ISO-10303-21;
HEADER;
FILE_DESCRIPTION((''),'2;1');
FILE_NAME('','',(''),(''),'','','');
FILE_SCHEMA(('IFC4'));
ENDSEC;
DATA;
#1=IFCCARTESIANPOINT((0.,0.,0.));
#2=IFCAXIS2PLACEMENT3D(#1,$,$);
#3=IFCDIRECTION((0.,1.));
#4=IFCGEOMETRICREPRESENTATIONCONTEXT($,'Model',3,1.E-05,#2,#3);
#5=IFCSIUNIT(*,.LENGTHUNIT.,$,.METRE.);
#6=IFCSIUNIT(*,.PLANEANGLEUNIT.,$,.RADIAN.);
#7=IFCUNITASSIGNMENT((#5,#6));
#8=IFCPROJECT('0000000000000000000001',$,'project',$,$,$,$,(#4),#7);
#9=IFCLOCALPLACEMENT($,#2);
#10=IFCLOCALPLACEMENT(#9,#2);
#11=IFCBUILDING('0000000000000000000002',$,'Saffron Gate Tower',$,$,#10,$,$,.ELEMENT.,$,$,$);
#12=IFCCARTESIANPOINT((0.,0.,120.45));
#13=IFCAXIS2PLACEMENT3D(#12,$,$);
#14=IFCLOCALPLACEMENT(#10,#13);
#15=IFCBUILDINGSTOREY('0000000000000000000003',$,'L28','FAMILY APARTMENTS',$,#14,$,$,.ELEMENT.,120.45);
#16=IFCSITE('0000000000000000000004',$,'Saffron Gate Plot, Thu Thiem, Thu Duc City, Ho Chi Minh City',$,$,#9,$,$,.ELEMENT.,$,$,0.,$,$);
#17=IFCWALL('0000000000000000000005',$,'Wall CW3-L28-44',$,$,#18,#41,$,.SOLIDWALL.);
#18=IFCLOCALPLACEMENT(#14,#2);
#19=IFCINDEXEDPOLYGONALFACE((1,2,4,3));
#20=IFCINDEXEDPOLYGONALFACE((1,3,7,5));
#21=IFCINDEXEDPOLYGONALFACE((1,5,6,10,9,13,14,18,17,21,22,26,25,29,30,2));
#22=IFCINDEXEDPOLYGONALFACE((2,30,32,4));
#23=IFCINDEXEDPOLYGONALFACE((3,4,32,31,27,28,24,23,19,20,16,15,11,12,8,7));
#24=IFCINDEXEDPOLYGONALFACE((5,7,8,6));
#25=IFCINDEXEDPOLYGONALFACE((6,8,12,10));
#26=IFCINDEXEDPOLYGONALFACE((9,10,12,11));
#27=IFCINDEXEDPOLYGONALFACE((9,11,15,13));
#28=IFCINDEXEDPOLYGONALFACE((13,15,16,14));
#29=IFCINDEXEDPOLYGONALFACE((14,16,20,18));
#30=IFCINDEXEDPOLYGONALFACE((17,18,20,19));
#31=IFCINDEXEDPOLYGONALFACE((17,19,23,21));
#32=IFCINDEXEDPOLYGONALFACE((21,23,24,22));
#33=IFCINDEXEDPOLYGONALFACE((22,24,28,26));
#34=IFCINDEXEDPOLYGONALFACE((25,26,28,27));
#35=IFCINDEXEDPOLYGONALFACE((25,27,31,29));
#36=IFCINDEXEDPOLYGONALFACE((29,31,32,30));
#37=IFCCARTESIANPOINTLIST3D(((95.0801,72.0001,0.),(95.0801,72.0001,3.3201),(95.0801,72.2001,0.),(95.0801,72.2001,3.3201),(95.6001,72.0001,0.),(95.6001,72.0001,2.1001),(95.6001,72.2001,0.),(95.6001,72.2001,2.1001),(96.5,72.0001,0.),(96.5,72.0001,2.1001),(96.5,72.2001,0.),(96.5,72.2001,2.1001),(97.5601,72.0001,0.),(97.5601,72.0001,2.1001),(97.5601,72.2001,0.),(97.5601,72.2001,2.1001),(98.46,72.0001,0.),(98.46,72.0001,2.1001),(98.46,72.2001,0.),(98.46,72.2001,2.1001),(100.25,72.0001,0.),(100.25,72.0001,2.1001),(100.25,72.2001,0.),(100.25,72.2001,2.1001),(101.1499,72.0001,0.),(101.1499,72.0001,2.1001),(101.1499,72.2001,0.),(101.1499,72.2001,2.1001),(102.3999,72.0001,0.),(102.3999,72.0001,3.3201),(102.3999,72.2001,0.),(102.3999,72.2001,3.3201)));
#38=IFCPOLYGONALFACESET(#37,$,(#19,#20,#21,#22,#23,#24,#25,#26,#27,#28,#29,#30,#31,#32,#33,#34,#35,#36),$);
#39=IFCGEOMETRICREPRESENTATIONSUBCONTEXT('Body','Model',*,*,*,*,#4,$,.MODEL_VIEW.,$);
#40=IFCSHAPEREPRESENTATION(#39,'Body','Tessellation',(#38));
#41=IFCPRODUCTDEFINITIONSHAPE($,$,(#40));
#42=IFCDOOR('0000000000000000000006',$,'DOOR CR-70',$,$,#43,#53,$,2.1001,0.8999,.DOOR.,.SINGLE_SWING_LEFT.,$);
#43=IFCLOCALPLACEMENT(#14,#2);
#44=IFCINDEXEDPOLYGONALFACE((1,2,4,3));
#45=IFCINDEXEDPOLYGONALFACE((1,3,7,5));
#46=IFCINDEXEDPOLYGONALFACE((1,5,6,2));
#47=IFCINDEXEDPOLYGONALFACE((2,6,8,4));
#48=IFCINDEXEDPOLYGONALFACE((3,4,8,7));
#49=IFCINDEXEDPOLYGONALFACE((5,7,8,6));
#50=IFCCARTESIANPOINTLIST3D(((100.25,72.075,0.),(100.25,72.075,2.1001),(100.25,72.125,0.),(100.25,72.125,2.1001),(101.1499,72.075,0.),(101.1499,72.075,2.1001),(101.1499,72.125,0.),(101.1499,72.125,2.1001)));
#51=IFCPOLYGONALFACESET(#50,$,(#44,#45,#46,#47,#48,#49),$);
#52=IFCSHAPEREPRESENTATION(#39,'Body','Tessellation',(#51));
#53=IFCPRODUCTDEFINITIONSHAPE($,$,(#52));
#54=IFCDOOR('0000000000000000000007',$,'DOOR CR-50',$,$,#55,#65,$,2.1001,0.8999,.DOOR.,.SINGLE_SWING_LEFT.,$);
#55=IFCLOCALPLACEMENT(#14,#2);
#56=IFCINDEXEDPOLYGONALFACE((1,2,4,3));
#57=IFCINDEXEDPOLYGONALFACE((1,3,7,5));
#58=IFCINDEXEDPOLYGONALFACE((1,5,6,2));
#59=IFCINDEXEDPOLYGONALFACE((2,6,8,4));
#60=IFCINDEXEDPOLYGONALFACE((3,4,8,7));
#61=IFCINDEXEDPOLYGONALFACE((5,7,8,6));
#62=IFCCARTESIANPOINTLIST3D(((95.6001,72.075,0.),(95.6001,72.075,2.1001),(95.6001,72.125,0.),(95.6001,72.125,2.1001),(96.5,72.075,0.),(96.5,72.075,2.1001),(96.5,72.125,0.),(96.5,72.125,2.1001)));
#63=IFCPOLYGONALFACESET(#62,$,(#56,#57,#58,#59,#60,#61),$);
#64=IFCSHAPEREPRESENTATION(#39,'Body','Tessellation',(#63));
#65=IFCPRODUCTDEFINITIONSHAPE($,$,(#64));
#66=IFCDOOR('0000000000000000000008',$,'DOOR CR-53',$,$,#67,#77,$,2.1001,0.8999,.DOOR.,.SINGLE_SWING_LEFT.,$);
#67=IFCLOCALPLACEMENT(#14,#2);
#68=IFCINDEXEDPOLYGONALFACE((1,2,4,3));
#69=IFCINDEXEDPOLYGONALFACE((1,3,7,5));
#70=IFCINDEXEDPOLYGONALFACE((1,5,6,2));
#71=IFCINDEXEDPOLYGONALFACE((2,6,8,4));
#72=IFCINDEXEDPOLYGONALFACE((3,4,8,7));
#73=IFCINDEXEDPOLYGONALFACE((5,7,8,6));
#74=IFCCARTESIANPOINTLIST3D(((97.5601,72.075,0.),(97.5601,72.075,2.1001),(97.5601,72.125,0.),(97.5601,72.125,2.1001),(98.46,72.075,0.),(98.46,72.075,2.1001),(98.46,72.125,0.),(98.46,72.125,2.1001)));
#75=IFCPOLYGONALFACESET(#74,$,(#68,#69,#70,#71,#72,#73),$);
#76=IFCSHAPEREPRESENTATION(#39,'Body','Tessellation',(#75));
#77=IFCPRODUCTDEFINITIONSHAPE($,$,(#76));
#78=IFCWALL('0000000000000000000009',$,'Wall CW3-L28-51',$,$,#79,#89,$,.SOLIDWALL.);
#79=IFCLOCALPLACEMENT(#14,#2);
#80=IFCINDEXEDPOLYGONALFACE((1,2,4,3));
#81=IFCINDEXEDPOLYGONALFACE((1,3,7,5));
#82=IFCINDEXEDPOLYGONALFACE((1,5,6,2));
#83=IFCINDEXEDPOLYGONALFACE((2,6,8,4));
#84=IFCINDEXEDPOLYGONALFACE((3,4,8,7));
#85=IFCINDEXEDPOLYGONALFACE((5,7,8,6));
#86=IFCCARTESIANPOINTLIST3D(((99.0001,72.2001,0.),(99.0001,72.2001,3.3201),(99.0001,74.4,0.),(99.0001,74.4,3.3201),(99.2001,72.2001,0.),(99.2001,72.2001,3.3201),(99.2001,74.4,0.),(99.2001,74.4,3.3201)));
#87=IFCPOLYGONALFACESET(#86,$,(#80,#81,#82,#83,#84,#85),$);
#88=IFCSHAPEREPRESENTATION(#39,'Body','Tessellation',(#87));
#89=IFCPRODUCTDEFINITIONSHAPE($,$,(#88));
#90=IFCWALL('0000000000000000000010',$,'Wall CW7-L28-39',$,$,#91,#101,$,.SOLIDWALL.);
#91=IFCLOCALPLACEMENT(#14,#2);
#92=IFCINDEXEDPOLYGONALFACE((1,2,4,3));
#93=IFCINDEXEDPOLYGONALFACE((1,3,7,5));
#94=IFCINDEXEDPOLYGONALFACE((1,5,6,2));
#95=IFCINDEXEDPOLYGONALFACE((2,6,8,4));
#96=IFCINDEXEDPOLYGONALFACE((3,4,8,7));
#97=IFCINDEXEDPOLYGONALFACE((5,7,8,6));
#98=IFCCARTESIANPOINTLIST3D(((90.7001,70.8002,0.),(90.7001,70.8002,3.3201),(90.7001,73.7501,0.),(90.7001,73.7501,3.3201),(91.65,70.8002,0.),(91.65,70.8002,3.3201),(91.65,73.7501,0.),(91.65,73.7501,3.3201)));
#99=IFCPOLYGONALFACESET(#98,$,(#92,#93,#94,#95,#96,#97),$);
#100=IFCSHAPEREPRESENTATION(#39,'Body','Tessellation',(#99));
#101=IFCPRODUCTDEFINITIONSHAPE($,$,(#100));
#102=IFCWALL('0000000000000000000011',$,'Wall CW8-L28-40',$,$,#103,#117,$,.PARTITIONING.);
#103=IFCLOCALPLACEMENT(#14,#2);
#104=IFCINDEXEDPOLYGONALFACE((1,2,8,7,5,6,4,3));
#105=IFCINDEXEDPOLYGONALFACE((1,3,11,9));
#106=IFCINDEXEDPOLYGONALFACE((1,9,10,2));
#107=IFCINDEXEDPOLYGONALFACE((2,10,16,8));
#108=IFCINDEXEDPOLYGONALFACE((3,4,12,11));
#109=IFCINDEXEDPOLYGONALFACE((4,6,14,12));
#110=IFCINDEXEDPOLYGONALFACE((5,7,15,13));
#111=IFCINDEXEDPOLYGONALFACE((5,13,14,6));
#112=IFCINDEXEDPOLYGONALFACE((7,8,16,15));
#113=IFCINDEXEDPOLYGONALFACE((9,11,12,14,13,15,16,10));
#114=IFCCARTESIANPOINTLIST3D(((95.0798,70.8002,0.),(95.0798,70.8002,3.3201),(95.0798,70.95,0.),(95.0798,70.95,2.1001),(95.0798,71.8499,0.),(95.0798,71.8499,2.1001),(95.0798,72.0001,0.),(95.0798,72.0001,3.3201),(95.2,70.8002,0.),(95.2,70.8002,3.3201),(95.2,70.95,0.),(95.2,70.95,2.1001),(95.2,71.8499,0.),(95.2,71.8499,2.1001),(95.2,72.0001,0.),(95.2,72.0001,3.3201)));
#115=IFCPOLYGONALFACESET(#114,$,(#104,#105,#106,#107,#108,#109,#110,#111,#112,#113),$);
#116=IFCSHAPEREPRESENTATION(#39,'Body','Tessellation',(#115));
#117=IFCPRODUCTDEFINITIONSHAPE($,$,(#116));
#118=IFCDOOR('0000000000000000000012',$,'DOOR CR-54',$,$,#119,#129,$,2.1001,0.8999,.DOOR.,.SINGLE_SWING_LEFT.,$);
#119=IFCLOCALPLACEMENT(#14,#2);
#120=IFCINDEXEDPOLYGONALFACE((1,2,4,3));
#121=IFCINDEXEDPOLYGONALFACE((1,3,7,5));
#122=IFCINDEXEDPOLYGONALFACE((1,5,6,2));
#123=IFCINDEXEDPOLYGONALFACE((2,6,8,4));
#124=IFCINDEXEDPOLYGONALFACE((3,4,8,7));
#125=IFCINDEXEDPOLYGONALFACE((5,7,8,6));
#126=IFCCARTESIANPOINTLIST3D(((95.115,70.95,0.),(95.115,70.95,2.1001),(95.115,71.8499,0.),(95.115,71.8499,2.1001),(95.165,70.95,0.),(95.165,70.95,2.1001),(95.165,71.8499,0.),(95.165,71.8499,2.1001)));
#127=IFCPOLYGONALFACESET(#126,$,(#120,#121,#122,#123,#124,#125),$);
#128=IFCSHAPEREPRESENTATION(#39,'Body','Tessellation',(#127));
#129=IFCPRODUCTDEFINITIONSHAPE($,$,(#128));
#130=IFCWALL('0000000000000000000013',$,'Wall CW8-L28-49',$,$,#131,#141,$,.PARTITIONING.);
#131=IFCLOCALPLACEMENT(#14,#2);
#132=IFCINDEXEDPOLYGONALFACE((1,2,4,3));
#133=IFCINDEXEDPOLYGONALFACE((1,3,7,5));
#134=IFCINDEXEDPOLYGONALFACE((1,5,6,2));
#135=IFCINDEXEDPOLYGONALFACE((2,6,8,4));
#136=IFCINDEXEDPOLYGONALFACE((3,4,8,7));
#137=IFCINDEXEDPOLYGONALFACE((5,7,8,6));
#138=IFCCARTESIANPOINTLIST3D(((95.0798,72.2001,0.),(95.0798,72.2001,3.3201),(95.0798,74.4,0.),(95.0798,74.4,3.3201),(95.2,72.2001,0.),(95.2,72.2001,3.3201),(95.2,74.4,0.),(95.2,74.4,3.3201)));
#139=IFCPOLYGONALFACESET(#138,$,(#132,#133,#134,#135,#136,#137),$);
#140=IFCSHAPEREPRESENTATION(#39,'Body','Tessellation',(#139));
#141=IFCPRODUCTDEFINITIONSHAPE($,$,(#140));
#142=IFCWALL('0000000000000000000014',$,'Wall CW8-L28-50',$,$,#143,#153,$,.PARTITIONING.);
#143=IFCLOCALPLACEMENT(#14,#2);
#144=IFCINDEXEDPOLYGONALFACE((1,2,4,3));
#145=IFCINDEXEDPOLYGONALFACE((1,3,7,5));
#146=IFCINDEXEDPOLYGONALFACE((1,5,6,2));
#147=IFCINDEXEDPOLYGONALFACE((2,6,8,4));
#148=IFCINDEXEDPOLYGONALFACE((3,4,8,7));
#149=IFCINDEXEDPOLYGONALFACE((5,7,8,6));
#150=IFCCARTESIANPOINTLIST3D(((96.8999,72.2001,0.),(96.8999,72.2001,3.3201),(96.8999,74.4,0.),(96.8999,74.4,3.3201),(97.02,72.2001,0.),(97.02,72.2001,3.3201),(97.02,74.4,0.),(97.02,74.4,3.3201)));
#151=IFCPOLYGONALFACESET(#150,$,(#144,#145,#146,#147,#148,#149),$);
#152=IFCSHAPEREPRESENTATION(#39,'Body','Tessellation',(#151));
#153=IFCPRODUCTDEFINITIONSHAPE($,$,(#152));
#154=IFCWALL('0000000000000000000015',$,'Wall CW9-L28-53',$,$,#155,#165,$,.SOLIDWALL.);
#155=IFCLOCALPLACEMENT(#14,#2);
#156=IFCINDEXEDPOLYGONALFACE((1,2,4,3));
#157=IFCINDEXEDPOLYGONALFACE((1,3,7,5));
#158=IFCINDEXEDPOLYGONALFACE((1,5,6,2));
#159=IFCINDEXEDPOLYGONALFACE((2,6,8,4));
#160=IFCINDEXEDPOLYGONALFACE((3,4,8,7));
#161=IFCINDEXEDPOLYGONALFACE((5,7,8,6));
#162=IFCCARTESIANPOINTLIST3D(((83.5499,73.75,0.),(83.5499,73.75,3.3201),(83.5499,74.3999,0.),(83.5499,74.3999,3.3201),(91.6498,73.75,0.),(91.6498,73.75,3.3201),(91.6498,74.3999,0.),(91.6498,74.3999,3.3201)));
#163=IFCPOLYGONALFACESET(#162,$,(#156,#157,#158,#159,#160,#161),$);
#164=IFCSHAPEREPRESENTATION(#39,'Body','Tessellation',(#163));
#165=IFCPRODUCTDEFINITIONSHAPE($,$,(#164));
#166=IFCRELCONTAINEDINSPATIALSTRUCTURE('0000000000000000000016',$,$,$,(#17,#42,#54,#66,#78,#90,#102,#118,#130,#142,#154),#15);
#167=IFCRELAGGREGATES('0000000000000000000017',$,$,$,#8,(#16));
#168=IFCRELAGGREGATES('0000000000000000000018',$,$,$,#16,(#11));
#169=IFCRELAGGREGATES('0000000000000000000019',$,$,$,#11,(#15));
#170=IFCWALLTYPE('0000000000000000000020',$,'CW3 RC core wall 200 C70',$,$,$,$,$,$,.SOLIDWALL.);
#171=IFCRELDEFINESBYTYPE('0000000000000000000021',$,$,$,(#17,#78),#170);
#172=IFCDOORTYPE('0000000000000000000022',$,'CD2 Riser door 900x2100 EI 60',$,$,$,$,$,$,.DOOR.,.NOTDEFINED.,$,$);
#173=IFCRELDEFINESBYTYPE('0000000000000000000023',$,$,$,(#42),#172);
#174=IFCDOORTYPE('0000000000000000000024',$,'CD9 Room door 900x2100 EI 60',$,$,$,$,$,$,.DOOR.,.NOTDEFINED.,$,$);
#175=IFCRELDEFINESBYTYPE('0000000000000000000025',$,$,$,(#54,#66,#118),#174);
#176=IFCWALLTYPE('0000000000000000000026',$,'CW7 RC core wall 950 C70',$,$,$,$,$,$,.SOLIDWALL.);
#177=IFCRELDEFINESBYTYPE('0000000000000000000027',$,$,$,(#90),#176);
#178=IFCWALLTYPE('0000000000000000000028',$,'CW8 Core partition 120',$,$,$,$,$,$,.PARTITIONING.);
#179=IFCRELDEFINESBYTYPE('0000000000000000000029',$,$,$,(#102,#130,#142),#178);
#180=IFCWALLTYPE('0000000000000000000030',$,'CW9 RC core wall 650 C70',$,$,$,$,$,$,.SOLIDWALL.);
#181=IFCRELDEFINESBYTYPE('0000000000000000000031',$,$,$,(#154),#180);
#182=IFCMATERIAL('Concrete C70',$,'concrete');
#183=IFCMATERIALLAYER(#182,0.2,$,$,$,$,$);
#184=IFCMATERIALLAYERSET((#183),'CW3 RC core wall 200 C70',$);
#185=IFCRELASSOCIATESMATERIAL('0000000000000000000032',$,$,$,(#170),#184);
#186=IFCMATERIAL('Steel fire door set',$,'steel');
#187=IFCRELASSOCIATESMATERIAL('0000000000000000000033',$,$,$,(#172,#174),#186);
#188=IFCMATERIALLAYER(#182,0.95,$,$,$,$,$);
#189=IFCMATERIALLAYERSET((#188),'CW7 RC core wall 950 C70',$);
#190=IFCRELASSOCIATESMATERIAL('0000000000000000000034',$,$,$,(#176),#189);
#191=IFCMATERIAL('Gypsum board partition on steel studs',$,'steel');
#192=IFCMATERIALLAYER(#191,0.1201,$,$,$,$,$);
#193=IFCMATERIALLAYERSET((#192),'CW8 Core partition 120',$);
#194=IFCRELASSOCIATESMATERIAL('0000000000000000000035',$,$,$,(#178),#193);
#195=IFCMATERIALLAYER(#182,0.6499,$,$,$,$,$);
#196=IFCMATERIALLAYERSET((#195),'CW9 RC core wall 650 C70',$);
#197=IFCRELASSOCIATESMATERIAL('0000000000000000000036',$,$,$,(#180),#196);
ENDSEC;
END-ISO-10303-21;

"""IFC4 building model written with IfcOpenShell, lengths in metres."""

from ifc_helpers import new_model, si_unit, direction, frame, frame_2d, origin, place, context, subcontext, project, spatial, rectangle, extrude, material, layer, layer_set, type_object, element, fill, save


model = new_model("IFC4")

# Units and contexts
model_context = context("Model", 3, precision=1e-05, world=origin(), true_north=direction((0.0, 1.0)))
body_context = subcontext(model_context, "Body", "Model", "MODEL_VIEW")
ifc_project = project(units=[si_unit("LENGTHUNIT", "METRE"), si_unit("PLANEANGLEUNIT", "RADIAN")], contexts=[model_context])

# Site, building, storey
site_placement = place(None, origin())
site = spatial("IfcSite", under=ifc_project, at=site_placement, Name="Saffron Gate Plot, Thu Thiem, Thu Duc City, Ho Chi Minh City", CompositionType="ELEMENT", RefElevation=0.0)
building_placement = place(site_placement, origin())
building = spatial("IfcBuilding", under=site, at=building_placement, Name="Saffron Gate Tower", CompositionType="ELEMENT")
storey_placement = place(building_placement, frame((0.0, 0.0, 120.45)))
storey = spatial("IfcBuildingStorey", under=building, at=storey_placement, Name="L28", Description="FAMILY APARTMENTS", CompositionType="ELEMENT", Elevation=120.45)

# Wall, openings, doors
ifc_material_1 = material(Name="Concrete C70", Category="concrete")
ifc_layer_1 = layer(ifc_material_1, 0.2)
ifc_layer_set_1 = layer_set([ifc_layer_1], Name="CW3 RC core wall 200 C70")
wall_type_1 = type_object("IfcWallType", Name="CW3 RC core wall 200 C70", PredefinedType="SOLIDWALL", material=ifc_layer_set_1)
wall_1_placement = place(storey_placement, frame((95.0801, 72.1001, 0.0), z_axis=(0.0, 0.0, 1.0), x_axis=(1.0, 0.0, 0.0)))
wall_1 = element("IfcWall", 1, at=wall_1_placement, inside=storey, type_object=wall_type_1, Name="Wall CW3-L28-44", PredefinedType="SOLIDWALL", context=body_context, shape_type="SweptSolid", body=[
    extrude(rectangle(XDim=7.3198, YDim=0.2, at=frame_2d((3.6599, 0.0))), origin(), (0.0, 0.0, 1.0), 3.3201),
])
opening_1_placement = place(wall_1_placement, frame((0.52, 0.0, 0.0)))
opening_1 = element("IfcOpeningElement", 2, at=opening_1_placement, cuts=wall_1, PredefinedType="OPENING", context=body_context, shape_type="SweptSolid", body=[
    extrude(rectangle(XDim=0.8999, YDim=2.1001, at=frame_2d((0.45, 1.05))), frame((0.0, 0.1099, 0.0), z_axis=(0.0, -1.0, 0.0), x_axis=(1.0, 0.0, 0.0)), (0.0, 0.0, 1.0), 0.22),
])
opening_2_placement = place(wall_1_placement, frame((2.48, 0.0, 0.0)))
opening_2 = element("IfcOpeningElement", 3, at=opening_2_placement, cuts=wall_1, PredefinedType="OPENING", context=body_context, shape_type="SweptSolid", body=[
    extrude(rectangle(XDim=0.8999, YDim=2.1001, at=frame_2d((0.45, 1.05))), frame((0.0, 0.1099, 0.0), z_axis=(0.0, -1.0, 0.0), x_axis=(1.0, 0.0, 0.0)), (0.0, 0.0, 1.0), 0.22),
])
opening_3_placement = place(wall_1_placement, frame((5.1699, 0.0, 0.0)))
opening_3 = element("IfcOpeningElement", 4, at=opening_3_placement, cuts=wall_1, PredefinedType="OPENING", context=body_context, shape_type="SweptSolid", body=[
    extrude(rectangle(XDim=0.8999, YDim=2.1001, at=frame_2d((0.45, 1.05))), frame((0.0, 0.1099, 0.0), z_axis=(0.0, -1.0, 0.0), x_axis=(1.0, 0.0, 0.0)), (0.0, 0.0, 1.0), 0.22),
])
ifc_material_2 = material(Name="Steel fire door set", Category="steel")
door_type_1 = type_object("IfcDoorType", Name="CD2 Riser door 900x2100 EI 60", OperationType="NOTDEFINED", PredefinedType="DOOR", material=ifc_material_2)
door_1_placement = place(opening_3_placement, origin())
door_1 = element("IfcDoor", 5, at=door_1_placement, inside=storey, type_object=door_type_1, Name="DOOR CR-70", OperationType="SINGLE_SWING_LEFT", OverallHeight=2.1001, OverallWidth=0.8999, PredefinedType="DOOR", context=body_context, shape_type="SweptSolid", body=[
    extrude(rectangle(XDim=0.8999, YDim=2.1001, at=frame_2d((0.45, 1.05))), frame((0.0, 0.0249, 0.0), z_axis=(0.0, -1.0, 0.0), x_axis=(1.0, 0.0, 0.0)), (0.0, 0.0, 1.0), 0.05),
])
fill(opening_3, door_1)
door_type_2 = type_object("IfcDoorType", Name="CD9 Room door 900x2100 EI 60", OperationType="NOTDEFINED", PredefinedType="DOOR", material=ifc_material_2)
door_2_placement = place(opening_1_placement, origin())
door_2 = element("IfcDoor", 6, at=door_2_placement, inside=storey, type_object=door_type_2, Name="DOOR CR-50", OperationType="SINGLE_SWING_LEFT", OverallHeight=2.1001, OverallWidth=0.8999, PredefinedType="DOOR", context=body_context, shape_type="SweptSolid", body=[
    extrude(rectangle(XDim=0.8999, YDim=2.1001, at=frame_2d((0.45, 1.05))), frame((0.0, 0.0249, 0.0), z_axis=(0.0, -1.0, 0.0), x_axis=(1.0, 0.0, 0.0)), (0.0, 0.0, 1.0), 0.05),
])
fill(opening_1, door_2)
door_3_placement = place(opening_2_placement, origin())
door_3 = element("IfcDoor", 7, at=door_3_placement, inside=storey, type_object=door_type_2, Name="DOOR CR-53", OperationType="SINGLE_SWING_LEFT", OverallHeight=2.1001, OverallWidth=0.8999, PredefinedType="DOOR", context=body_context, shape_type="SweptSolid", body=[
    extrude(rectangle(XDim=0.8999, YDim=2.1001, at=frame_2d((0.45, 1.05))), frame((0.0, 0.0249, 0.0), z_axis=(0.0, -1.0, 0.0), x_axis=(1.0, 0.0, 0.0)), (0.0, 0.0, 1.0), 0.05),
])
fill(opening_2, door_3)

# Walls
wall_2_placement = place(storey_placement, frame((99.1001, 72.2, 0.0), z_axis=(0.0, 0.0, 1.0), x_axis=(0.0, 1.0, 0.0)))
element("IfcWall", 8, at=wall_2_placement, inside=storey, type_object=wall_type_1, Name="Wall CW3-L28-51", PredefinedType="SOLIDWALL", context=body_context, shape_type="SweptSolid", body=[
    extrude(rectangle(XDim=2.2, YDim=0.2, at=frame_2d((1.1001, 0.0))), origin(), (0.0, 0.0, 1.0), 3.3201),
])
ifc_layer_2 = layer(ifc_material_1, 0.95)
ifc_layer_set_2 = layer_set([ifc_layer_2], Name="CW7 RC core wall 950 C70")
wall_type_2 = type_object("IfcWallType", Name="CW7 RC core wall 950 C70", PredefinedType="SOLIDWALL", material=ifc_layer_set_2)
wall_3_placement = place(storey_placement, frame((91.175, 70.8, 0.0), z_axis=(0.0, 0.0, 1.0), x_axis=(0.0, 1.0, 0.0)))
element("IfcWall", 9, at=wall_3_placement, inside=storey, type_object=wall_type_2, Name="Wall CW7-L28-39", PredefinedType="SOLIDWALL", context=body_context, shape_type="SweptSolid", body=[
    extrude(rectangle(XDim=2.95, YDim=0.95, at=frame_2d((1.4751, 0.0))), origin(), (0.0, 0.0, 1.0), 3.3201),
])

# Wall, opening, door
ifc_material_3 = material(Name="Gypsum board partition on steel studs", Category="steel")
ifc_layer_3 = layer(ifc_material_3, 0.1201)
ifc_layer_set_3 = layer_set([ifc_layer_3], Name="CW8 Core partition 120")
wall_type_3 = type_object("IfcWallType", Name="CW8 Core partition 120", PredefinedType="PARTITIONING", material=ifc_layer_set_3)
wall_4_placement = place(storey_placement, frame((95.1399, 70.8, 0.0), z_axis=(0.0, 0.0, 1.0), x_axis=(0.0, 1.0, 0.0)))
wall_4 = element("IfcWall", 10, at=wall_4_placement, inside=storey, type_object=wall_type_3, Name="Wall CW8-L28-40", PredefinedType="PARTITIONING", context=body_context, shape_type="SweptSolid", body=[
    extrude(rectangle(XDim=1.2, YDim=0.1201, at=frame_2d((0.6001, 0.0))), origin(), (0.0, 0.0, 1.0), 3.3201),
])
opening_4_placement = place(wall_4_placement, frame((0.1499, 0.0, 0.0)))
opening_4 = element("IfcOpeningElement", 11, at=opening_4_placement, cuts=wall_4, PredefinedType="OPENING", context=body_context, shape_type="SweptSolid", body=[
    extrude(rectangle(XDim=0.8999, YDim=2.1001, at=frame_2d((0.45, 1.05))), frame((0.0, 0.0701, 0.0), z_axis=(0.0, -1.0, 0.0), x_axis=(1.0, 0.0, 0.0)), (0.0, 0.0, 1.0), 0.1401),
])
door_4_placement = place(opening_4_placement, origin())
door_4 = element("IfcDoor", 12, at=door_4_placement, inside=storey, type_object=door_type_2, Name="DOOR CR-54", OperationType="SINGLE_SWING_LEFT", OverallHeight=2.1001, OverallWidth=0.8999, PredefinedType="DOOR", context=body_context, shape_type="SweptSolid", body=[
    extrude(rectangle(XDim=0.8999, YDim=2.1001, at=frame_2d((0.45, 1.05))), frame((0.0, 0.0249, 0.0), z_axis=(0.0, -1.0, 0.0), x_axis=(1.0, 0.0, 0.0)), (0.0, 0.0, 1.0), 0.05),
])
fill(opening_4, door_4)

# Walls
for number, where, z_axis, x_axis, name in (
    (13, (95.1399, 72.2, 0.0), (0.0, 0.0, 1.0), (0.0, 1.0, 0.0), "Wall CW8-L28-49"),
    (14, (96.96, 72.2, 0.0), (0.0, 0.0, 1.0), (0.0, 1.0, 0.0), "Wall CW8-L28-50"),
):
    element("IfcWall", number, at=place(storey_placement, frame(where, z_axis=z_axis, x_axis=x_axis)), inside=storey, type_object=wall_type_3, Name=name, PredefinedType="PARTITIONING", context=body_context, shape_type="SweptSolid", body=[
        extrude(rectangle(XDim=2.2, YDim=0.1201, at=frame_2d((1.1001, 0.0))), origin(), (0.0, 0.0, 1.0), 3.3201),
    ])
ifc_layer_4 = layer(ifc_material_1, 0.6499)
ifc_layer_set_4 = layer_set([ifc_layer_4], Name="CW9 RC core wall 650 C70")
wall_type_4 = type_object("IfcWallType", Name="CW9 RC core wall 650 C70", PredefinedType="SOLIDWALL", material=ifc_layer_set_4)
wall_5_placement = place(storey_placement, frame((83.55, 74.075, 0.0), z_axis=(0.0, 0.0, 1.0), x_axis=(1.0, 0.0, 0.0)))
element("IfcWall", 15, at=wall_5_placement, inside=storey, type_object=wall_type_4, Name="Wall CW9-L28-53", PredefinedType="SOLIDWALL", context=body_context, shape_type="SweptSolid", body=[
    extrude(rectangle(XDim=8.0999, YDim=0.6499, at=frame_2d((4.0498, 0.0))), origin(), (0.0, 0.0, 1.0), 3.3201),
])

save(model, "model.ifc")
